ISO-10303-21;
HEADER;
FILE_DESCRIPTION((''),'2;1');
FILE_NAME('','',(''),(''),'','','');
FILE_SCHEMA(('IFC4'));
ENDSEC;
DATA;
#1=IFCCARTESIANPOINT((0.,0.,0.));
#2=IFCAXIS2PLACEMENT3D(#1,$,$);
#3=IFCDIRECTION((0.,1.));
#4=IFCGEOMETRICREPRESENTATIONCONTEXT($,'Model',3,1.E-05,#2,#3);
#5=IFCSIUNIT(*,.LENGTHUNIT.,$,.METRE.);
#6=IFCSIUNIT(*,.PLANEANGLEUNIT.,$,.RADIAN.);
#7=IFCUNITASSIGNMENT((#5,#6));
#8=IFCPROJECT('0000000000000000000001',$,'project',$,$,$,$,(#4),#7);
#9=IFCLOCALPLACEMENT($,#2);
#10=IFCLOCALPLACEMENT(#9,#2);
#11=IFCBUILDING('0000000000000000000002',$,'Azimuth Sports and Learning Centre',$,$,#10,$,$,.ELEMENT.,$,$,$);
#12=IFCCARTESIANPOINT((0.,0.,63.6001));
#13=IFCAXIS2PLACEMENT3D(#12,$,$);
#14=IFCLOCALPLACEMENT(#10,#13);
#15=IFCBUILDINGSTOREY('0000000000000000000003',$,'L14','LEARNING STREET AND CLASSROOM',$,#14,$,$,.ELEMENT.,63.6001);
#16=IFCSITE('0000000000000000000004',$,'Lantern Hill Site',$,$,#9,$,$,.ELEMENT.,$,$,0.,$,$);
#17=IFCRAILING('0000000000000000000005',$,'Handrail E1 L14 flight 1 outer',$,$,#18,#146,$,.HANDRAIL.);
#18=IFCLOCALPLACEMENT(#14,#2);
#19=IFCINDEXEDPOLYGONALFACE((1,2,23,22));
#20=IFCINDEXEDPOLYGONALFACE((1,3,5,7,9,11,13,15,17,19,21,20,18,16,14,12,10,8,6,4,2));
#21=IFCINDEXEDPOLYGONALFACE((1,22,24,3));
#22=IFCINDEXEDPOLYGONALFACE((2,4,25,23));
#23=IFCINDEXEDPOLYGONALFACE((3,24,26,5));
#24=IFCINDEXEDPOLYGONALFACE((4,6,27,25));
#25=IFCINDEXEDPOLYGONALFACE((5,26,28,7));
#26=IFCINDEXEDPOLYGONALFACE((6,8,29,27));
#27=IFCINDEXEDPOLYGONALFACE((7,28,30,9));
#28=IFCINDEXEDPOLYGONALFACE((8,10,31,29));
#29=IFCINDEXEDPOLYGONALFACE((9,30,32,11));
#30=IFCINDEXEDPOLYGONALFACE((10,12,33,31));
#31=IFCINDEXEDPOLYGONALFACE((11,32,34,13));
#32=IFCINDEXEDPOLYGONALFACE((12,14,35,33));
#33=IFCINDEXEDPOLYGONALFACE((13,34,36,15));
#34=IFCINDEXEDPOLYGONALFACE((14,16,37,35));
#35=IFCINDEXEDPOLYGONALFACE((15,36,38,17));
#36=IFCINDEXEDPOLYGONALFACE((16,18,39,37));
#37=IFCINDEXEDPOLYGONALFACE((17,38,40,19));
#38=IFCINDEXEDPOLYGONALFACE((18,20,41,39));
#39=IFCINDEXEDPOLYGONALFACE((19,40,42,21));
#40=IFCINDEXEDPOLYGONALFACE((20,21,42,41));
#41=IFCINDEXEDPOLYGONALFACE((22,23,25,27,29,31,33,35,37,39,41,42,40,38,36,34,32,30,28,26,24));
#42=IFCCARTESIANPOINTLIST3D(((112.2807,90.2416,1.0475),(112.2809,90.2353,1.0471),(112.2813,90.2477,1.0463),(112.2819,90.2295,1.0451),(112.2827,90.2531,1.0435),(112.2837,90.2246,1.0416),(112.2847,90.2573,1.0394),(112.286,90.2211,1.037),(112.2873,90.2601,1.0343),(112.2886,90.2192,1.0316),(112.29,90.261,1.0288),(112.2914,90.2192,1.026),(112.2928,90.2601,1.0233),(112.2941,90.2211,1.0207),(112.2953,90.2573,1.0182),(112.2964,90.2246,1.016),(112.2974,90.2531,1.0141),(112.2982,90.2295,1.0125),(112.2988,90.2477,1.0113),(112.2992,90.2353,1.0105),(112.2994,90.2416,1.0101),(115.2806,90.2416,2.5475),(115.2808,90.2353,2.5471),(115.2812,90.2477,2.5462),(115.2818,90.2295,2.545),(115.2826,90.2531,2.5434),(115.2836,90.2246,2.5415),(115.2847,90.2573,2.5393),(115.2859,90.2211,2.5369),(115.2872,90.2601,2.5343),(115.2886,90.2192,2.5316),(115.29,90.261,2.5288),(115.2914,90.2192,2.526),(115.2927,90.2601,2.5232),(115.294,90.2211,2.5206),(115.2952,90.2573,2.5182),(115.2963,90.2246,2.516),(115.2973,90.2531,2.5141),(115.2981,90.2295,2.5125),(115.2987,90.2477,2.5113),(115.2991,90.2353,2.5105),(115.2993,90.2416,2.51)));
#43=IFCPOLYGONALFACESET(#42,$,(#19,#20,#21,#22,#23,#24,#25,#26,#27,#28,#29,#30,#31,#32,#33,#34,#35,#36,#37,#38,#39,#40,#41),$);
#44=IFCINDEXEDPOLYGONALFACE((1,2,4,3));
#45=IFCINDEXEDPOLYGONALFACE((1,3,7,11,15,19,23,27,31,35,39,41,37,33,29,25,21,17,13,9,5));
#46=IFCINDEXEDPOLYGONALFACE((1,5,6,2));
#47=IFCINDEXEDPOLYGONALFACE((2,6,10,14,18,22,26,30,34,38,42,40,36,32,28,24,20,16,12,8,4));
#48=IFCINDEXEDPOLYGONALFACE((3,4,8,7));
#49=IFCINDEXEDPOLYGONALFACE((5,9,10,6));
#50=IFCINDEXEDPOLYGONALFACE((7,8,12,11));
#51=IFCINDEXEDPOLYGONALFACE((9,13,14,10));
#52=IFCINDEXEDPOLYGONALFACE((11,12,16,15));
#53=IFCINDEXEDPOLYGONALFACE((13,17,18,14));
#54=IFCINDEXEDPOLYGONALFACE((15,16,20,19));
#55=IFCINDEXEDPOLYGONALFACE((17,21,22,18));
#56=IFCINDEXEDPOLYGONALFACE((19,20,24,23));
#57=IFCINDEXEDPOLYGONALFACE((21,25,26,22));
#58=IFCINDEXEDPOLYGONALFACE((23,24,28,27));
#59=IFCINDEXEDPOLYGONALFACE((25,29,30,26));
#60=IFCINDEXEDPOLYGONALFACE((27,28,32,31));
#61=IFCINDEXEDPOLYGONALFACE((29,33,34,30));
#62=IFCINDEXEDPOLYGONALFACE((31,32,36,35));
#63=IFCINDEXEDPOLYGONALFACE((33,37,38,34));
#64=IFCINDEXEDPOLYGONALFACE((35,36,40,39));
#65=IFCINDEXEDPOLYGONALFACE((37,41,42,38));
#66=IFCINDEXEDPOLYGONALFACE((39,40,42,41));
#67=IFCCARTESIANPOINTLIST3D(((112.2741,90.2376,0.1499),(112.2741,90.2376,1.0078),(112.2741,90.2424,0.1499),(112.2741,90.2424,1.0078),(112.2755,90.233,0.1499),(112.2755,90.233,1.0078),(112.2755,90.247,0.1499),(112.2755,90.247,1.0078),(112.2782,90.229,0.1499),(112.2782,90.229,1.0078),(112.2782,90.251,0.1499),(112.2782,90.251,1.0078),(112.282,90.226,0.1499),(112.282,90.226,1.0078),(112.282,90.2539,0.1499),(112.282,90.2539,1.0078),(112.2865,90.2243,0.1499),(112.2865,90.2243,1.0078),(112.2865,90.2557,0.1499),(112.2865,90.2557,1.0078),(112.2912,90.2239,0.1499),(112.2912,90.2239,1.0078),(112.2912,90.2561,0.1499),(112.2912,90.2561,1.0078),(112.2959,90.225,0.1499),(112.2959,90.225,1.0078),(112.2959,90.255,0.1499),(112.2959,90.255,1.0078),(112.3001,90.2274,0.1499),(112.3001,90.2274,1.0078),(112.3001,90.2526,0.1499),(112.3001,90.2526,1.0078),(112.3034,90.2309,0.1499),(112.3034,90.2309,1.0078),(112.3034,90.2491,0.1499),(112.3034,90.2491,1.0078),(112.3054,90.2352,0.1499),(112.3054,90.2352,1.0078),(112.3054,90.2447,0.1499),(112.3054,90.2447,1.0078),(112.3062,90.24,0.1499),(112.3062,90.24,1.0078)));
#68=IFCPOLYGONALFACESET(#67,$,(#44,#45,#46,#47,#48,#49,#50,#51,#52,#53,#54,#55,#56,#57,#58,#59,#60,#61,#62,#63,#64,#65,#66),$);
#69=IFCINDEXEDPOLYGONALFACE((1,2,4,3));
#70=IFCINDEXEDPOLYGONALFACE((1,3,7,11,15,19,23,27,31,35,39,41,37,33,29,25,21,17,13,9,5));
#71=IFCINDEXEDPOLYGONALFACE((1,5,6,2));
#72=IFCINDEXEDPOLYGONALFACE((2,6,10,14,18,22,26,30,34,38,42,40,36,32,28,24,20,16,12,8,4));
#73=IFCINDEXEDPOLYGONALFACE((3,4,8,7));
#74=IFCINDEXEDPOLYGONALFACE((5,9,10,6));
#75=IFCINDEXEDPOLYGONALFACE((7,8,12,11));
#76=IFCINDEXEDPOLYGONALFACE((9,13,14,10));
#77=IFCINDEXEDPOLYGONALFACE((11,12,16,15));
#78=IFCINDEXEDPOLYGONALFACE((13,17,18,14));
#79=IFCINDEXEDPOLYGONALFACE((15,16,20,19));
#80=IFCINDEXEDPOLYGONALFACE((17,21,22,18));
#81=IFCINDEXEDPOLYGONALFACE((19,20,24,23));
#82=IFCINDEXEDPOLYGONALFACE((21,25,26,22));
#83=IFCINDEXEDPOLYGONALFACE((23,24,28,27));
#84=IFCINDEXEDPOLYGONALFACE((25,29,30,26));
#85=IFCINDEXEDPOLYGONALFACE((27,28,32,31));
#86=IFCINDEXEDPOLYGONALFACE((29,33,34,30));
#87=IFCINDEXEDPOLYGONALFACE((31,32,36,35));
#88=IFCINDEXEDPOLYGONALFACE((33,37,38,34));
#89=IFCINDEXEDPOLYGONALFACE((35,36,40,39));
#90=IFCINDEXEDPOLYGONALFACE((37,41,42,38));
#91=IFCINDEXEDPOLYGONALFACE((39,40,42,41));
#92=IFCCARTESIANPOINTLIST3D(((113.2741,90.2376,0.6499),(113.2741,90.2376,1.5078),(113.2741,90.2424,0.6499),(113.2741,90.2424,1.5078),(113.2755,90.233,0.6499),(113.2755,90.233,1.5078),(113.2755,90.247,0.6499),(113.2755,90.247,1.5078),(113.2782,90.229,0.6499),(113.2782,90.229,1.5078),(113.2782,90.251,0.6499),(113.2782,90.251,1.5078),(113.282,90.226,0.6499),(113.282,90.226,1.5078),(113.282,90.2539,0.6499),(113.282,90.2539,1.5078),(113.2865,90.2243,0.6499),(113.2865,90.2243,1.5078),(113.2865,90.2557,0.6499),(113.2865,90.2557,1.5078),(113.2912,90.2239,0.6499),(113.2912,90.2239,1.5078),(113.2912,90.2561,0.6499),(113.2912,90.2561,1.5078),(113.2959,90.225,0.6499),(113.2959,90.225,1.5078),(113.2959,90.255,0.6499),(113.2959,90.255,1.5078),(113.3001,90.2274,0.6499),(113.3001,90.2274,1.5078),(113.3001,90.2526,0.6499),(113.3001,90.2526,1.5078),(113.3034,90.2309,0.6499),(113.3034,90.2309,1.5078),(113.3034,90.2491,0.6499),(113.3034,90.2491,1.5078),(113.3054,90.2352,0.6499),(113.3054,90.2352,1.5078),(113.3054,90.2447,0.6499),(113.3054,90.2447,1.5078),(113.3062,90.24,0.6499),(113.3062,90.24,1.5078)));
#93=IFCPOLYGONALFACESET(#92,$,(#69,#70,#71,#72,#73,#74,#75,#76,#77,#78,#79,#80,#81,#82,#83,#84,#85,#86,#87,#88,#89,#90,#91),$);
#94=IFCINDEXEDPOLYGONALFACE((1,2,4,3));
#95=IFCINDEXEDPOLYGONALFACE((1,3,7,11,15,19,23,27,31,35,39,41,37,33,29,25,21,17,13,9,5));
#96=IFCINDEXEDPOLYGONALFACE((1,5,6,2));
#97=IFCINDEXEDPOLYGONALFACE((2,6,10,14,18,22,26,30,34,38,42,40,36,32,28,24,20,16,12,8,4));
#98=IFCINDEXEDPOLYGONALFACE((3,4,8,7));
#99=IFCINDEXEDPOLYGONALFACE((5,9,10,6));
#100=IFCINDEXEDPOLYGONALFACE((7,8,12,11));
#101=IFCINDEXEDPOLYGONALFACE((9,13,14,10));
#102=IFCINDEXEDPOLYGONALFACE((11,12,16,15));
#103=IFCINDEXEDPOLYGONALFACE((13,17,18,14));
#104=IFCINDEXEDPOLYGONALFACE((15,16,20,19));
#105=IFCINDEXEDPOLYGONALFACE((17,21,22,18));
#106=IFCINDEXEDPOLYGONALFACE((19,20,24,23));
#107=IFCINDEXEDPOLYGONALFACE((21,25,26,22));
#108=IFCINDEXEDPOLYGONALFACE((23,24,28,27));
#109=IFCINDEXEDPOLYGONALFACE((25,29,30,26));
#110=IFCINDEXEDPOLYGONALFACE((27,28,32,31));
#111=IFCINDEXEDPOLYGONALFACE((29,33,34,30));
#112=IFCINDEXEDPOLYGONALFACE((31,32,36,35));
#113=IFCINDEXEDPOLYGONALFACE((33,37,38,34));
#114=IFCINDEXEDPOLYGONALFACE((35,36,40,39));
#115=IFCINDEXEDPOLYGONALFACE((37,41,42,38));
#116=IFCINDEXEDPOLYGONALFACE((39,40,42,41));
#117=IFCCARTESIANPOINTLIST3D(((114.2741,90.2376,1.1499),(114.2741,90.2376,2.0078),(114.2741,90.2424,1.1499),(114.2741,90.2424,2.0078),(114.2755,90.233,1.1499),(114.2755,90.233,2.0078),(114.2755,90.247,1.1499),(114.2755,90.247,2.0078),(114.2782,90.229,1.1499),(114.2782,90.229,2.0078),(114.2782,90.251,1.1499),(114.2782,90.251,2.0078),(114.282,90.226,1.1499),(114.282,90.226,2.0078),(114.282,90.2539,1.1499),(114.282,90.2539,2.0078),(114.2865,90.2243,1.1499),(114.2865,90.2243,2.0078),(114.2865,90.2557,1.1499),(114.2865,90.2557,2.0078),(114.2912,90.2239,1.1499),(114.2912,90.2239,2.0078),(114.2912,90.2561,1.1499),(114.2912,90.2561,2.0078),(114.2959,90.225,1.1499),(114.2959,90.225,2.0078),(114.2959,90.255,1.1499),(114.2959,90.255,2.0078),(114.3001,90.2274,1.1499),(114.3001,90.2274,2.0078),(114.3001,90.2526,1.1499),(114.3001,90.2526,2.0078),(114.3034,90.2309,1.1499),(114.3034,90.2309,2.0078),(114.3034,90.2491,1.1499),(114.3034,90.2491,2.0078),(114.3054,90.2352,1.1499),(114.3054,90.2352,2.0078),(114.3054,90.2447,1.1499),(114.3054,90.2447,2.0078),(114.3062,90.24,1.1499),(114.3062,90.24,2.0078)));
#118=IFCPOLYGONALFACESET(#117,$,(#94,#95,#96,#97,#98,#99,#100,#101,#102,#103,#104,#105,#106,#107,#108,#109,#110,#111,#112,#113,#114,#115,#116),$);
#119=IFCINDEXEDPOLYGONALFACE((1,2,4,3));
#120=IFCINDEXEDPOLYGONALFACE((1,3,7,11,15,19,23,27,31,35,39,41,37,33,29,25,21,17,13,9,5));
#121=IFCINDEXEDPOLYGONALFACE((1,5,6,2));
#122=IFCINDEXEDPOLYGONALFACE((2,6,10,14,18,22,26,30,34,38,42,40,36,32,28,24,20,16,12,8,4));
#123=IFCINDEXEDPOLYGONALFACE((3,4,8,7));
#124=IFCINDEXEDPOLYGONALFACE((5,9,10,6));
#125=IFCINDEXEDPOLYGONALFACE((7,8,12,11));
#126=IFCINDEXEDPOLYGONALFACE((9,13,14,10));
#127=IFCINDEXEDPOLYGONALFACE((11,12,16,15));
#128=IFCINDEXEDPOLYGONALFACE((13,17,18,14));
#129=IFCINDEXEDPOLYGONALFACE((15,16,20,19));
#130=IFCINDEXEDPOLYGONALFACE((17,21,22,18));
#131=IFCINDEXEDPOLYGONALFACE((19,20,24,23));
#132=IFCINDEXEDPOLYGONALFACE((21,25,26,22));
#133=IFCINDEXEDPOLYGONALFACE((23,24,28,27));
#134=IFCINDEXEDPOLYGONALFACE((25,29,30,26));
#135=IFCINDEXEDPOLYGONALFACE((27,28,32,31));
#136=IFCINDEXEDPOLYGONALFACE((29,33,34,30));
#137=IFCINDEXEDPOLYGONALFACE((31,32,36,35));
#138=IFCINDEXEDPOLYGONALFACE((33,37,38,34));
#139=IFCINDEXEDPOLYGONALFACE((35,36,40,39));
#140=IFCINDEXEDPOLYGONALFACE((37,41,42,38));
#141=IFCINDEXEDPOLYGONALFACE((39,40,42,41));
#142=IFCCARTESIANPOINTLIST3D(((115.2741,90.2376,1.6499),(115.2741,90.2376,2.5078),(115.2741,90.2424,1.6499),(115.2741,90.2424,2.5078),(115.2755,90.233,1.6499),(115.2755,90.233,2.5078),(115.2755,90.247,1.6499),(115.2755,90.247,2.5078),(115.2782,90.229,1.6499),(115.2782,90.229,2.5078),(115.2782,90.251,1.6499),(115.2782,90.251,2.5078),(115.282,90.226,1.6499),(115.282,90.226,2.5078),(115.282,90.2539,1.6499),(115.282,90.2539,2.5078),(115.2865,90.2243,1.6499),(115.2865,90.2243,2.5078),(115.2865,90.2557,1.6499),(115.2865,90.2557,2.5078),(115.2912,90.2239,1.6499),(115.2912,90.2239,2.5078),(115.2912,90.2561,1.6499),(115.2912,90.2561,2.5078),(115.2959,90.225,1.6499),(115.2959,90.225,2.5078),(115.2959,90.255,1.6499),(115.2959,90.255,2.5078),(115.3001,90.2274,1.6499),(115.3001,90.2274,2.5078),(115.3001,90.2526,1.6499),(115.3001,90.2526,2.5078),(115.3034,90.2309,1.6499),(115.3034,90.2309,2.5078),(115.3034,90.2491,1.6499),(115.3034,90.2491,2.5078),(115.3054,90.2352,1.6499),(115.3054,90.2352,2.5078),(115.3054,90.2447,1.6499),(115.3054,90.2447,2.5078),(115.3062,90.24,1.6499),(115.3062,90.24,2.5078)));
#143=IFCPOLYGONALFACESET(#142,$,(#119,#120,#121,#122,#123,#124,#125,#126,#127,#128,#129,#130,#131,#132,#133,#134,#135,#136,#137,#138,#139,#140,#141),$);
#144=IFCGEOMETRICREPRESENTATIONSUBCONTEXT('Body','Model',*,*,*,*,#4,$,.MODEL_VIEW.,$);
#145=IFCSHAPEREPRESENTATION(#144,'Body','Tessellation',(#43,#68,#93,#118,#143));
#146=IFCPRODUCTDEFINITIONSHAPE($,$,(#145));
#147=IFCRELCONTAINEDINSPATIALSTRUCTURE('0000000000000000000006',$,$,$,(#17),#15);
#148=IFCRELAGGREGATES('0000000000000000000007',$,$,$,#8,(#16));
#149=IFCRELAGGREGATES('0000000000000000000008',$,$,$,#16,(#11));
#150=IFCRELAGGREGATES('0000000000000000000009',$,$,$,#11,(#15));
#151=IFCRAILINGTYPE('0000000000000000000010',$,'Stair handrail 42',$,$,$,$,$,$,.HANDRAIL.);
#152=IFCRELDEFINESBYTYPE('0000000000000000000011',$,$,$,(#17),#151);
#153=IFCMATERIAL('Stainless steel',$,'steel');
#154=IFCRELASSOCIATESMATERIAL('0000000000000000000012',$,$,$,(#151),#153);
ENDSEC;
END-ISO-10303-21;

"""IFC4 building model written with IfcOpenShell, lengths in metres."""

from ifc_helpers import new_model, si_unit, direction, frame, origin, origin_2d, place, context, subcontext, project, spatial, circle, extrude, material, type_object, element, save


model = new_model("IFC4")

# Units and contexts
model_context = context("Model", 3, precision=1e-05, world=origin(), true_north=direction((0.0, 1.0)))
body_context = subcontext(model_context, "Body", "Model", "MODEL_VIEW")
ifc_project = project(units=[si_unit("LENGTHUNIT", "METRE"), si_unit("PLANEANGLEUNIT", "RADIAN")], contexts=[model_context])

# Site, building, storey
site_placement = place(None, origin())
site = spatial("IfcSite", under=ifc_project, at=site_placement, Name="Lantern Hill Site", CompositionType="ELEMENT", RefElevation=0.0)
building_placement = place(site_placement, origin())
building = spatial("IfcBuilding", under=site, at=building_placement, Name="Azimuth Sports and Learning Centre", CompositionType="ELEMENT")
storey_placement = place(building_placement, frame((0.0, 0.0, 63.6001)))
storey = spatial("IfcBuildingStorey", under=building, at=storey_placement, Name="L14", Description="LEARNING STREET AND CLASSROOM", CompositionType="ELEMENT", Elevation=63.6001)

# Railing
ifc_material_1 = material(Name="Stainless steel", Category="steel")
railing_type_1 = type_object("IfcRailingType", Name="Stair handrail 42", PredefinedType="HANDRAIL", material=ifc_material_1)
for number, where, name in (
    (1, (112.29, 90.24, 0.1499), "Handrail E1 L14 flight 1 outer"),
):
    element("IfcRailing", number, at=place(storey_placement, frame(where)), inside=storey, type_object=railing_type_1, Name=name, PredefinedType="HANDRAIL", context=body_context, shape_type="SweptSolid", body=[
        extrude(circle(Radius=0.021, at=origin_2d()), frame((0.0, 0.0, 0.8789), z_axis=(0.894427, 0.0, 0.447214), x_axis=(0.0, 1.0, 0.0)), (0.0, 0.0, 1.0), 3.354),
        extrude(circle(Radius=0.0161, at=origin_2d()), origin(), (0.0, 0.0, 1.0), 0.8579),
        extrude(circle(Radius=0.0161, at=origin_2d()), frame((1.0, 0.0, 0.5)), (0.0, 0.0, 1.0), 0.8579),
        extrude(circle(Radius=0.0161, at=origin_2d()), frame((2.0, 0.0, 1.0)), (0.0, 0.0, 1.0), 0.8579),
        extrude(circle(Radius=0.0161, at=origin_2d()), frame((3.0, 0.0, 1.5)), (0.0, 0.0, 1.0), 0.8579),
    ])

save(model, "model.ifc")
